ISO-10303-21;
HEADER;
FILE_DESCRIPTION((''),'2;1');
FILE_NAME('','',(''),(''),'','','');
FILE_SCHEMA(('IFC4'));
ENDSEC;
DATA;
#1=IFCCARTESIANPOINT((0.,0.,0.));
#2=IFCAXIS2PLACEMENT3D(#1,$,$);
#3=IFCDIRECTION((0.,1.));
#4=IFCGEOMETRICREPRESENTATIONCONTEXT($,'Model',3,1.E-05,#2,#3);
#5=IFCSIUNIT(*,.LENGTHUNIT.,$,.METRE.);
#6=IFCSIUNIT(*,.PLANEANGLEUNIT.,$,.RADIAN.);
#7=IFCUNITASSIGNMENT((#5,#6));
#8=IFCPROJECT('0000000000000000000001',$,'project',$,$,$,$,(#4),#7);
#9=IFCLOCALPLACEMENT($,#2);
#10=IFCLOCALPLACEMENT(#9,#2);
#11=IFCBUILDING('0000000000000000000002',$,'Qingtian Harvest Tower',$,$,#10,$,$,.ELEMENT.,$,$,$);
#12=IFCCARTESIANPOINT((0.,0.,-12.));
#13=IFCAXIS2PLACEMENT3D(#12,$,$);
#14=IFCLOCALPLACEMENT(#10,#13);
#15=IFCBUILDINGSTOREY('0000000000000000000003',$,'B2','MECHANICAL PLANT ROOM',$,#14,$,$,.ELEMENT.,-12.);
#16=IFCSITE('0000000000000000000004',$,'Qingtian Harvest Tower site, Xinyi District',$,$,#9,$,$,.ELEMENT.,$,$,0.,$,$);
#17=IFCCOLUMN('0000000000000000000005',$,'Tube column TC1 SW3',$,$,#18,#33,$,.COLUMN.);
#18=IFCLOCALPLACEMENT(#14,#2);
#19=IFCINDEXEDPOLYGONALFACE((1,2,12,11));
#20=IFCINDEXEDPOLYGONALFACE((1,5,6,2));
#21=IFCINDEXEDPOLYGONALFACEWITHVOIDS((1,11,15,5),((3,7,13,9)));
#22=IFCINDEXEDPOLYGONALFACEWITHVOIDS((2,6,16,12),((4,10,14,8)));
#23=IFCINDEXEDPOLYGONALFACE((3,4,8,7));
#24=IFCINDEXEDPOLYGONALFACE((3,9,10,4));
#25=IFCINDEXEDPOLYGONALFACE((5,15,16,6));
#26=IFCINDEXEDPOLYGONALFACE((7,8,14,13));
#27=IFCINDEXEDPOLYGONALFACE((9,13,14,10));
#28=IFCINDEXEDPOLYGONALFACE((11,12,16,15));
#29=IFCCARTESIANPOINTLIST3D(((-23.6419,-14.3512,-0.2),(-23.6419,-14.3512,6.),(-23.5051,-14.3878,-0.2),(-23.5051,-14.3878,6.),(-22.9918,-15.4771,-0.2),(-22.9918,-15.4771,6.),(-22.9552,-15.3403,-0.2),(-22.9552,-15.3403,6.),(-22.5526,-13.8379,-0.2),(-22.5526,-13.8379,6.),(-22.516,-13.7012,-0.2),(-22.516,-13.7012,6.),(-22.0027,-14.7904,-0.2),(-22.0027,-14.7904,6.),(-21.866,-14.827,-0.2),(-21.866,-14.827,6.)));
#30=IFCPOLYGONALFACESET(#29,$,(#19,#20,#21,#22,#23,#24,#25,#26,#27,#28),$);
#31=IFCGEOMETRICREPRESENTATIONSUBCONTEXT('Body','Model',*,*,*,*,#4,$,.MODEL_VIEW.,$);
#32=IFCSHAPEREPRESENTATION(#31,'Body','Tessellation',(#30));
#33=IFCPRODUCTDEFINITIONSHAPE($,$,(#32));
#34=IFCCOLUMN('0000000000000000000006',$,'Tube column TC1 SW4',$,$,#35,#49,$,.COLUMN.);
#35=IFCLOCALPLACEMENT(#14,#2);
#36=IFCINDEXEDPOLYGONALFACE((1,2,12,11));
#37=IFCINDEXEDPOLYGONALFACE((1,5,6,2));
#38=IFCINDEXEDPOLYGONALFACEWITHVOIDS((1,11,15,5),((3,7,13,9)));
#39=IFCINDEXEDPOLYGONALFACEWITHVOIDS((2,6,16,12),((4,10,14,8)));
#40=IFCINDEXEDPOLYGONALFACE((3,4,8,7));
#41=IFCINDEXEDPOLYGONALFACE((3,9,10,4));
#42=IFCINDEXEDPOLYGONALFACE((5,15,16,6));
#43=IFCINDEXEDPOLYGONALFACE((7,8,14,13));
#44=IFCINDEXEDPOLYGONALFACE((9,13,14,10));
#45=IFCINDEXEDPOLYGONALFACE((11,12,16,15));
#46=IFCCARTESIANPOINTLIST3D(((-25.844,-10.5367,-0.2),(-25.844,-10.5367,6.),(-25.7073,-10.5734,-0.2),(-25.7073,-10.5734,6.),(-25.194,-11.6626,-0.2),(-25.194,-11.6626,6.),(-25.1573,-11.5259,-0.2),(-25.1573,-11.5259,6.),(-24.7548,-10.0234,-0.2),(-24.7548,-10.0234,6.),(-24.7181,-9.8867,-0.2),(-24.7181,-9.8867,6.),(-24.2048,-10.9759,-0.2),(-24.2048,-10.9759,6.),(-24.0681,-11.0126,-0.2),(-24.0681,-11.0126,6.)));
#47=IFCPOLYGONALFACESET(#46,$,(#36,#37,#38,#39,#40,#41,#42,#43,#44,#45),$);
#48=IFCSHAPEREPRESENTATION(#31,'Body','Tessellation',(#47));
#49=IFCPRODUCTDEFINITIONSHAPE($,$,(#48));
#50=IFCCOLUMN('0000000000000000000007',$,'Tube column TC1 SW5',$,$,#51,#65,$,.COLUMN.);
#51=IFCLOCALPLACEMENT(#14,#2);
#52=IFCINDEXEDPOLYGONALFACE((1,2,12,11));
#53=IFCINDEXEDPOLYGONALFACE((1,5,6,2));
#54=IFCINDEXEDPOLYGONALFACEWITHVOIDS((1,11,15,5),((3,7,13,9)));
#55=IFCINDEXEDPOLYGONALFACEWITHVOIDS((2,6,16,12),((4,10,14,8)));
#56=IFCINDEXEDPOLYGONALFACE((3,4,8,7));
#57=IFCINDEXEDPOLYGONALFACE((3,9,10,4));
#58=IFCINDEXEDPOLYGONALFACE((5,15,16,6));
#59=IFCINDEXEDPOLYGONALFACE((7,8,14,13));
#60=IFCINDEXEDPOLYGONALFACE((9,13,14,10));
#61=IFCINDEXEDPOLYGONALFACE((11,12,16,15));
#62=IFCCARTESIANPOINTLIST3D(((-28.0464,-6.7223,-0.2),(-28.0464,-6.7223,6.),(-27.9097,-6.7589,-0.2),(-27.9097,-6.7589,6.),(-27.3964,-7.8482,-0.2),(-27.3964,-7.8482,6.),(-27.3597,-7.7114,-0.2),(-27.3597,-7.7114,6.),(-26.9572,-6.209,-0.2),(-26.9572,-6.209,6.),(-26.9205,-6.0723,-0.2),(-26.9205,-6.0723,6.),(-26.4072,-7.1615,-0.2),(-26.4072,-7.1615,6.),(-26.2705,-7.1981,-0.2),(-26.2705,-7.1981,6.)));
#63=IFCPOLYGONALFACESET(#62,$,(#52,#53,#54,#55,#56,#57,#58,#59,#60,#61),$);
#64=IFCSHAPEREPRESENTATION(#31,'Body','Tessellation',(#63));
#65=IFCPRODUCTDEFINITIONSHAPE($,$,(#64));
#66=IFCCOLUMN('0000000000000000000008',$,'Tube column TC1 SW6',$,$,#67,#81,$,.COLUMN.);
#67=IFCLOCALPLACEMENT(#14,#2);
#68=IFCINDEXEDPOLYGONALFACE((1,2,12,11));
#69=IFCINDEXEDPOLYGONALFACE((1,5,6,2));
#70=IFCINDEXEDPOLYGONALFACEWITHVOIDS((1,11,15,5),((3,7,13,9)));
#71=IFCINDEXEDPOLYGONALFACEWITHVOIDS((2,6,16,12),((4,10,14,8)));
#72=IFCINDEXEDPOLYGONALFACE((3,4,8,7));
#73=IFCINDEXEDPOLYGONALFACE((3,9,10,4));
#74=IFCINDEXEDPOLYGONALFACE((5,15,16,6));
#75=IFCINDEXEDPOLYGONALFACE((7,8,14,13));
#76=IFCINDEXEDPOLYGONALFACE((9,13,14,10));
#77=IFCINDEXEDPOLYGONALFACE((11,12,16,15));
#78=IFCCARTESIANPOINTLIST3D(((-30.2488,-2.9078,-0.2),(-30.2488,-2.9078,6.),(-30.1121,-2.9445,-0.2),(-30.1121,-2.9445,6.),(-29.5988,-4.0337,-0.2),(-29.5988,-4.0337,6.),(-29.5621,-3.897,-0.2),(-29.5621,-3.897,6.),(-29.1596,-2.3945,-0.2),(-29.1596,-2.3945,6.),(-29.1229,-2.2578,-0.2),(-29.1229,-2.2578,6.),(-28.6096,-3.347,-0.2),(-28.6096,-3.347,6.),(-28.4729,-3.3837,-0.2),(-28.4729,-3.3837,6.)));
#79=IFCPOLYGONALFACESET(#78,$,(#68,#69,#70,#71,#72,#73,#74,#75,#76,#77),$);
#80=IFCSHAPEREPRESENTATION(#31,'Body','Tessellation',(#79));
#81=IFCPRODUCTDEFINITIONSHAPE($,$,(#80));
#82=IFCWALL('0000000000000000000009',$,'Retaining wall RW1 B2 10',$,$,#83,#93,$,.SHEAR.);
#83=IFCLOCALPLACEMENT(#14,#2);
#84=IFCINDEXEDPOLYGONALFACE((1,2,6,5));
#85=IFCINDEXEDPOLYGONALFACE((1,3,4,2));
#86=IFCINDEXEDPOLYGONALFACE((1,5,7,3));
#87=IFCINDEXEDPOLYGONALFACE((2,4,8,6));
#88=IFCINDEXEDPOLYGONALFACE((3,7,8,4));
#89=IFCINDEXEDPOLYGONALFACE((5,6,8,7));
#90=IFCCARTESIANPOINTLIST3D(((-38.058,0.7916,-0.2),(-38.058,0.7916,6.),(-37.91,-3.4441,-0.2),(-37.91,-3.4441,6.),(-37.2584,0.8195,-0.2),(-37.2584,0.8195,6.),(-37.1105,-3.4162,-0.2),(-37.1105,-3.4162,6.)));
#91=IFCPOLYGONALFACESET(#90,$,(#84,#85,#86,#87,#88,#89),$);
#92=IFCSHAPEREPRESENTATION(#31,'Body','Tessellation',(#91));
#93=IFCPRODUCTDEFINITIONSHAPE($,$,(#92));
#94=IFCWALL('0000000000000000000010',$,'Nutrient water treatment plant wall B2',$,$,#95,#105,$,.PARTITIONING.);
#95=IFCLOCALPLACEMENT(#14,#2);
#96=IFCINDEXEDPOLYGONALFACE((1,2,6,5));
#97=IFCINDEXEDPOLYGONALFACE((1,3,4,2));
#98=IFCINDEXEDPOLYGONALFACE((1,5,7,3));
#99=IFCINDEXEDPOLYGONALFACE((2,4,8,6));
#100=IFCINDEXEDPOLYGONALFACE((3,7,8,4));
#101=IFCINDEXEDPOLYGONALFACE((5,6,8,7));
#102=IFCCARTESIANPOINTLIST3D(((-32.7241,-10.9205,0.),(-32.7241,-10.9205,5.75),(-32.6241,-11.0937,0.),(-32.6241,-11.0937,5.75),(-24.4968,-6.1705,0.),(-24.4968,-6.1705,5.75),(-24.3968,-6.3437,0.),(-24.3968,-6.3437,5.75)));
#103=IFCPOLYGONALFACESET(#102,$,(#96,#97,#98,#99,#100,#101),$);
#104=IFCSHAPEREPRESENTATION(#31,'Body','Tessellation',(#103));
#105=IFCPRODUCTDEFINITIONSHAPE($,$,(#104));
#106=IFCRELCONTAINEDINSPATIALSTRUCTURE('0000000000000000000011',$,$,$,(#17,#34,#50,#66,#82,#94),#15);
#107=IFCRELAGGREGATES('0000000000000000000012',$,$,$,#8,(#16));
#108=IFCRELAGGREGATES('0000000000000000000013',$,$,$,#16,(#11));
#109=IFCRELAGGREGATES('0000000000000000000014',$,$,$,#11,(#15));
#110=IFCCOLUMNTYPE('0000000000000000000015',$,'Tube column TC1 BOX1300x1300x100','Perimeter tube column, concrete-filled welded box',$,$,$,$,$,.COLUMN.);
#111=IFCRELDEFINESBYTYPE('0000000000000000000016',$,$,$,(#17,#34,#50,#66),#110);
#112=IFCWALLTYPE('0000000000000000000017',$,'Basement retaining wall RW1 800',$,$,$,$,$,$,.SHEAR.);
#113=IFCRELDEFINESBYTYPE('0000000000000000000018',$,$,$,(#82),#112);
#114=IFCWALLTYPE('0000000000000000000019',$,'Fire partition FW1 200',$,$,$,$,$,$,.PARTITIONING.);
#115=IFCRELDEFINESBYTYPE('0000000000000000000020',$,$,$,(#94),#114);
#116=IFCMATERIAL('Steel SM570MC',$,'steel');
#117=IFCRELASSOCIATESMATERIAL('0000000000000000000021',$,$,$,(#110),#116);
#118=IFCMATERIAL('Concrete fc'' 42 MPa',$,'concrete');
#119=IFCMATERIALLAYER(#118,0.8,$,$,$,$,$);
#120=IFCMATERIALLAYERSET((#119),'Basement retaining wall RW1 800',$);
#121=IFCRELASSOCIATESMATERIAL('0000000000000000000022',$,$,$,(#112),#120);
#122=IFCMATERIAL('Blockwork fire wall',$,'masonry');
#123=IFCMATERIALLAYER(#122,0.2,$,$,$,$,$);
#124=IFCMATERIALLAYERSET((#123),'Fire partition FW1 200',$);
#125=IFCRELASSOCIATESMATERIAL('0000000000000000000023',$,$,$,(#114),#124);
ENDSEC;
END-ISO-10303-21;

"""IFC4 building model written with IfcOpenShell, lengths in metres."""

from ifc_helpers import new_model, si_unit, direction, frame, frame_2d, origin, origin_2d, place, context, subcontext, project, spatial, rectangle, hollow_rectangle, extrude, material, layer, layer_set, material_profile, profile_set, type_object, element, save


model = new_model("IFC4")

# Units and contexts
model_context = context("Model", 3, precision=1e-05, world=origin(), true_north=direction((0.0, 1.0)))
body_context = subcontext(model_context, "Body", "Model", "MODEL_VIEW")
ifc_project = project(units=[si_unit("LENGTHUNIT", "METRE"), si_unit("PLANEANGLEUNIT", "RADIAN")], contexts=[model_context])

# Site, building, storey
site_placement = place(None, origin())
site = spatial("IfcSite", under=ifc_project, at=site_placement, Name="Qingtian Harvest Tower site, Xinyi District", CompositionType="ELEMENT", RefElevation=0.0)
building_placement = place(site_placement, origin())
building = spatial("IfcBuilding", under=site, at=building_placement, Name="Qingtian Harvest Tower", CompositionType="ELEMENT")
storey_placement = place(building_placement, frame((0.0, 0.0, -12.0)))
storey = spatial("IfcBuildingStorey", under=building, at=storey_placement, Name="B2", Description="MECHANICAL PLANT ROOM", CompositionType="ELEMENT", Elevation=-12.0)

# Columns
ifc_material_1 = material(Name="Steel SM570MC", Category="steel")
ifc_material_profile_1 = material_profile(ifc_material_1, hollow_rectangle(XDim=1.3, YDim=1.3, WallThickness=0.1001, at=origin_2d()), Name="BOX1300x1300x100")
ifc_profile_set_1 = profile_set([ifc_material_profile_1], Name="Steel SM570MC")
column_type_1 = type_object("IfcColumnType", Name="Tube column TC1 BOX1300x1300x100", Description="Perimeter tube column, concrete-filled welded box", PredefinedType="COLUMN", material=ifc_profile_set_1)
for number, where, z_axis, x_axis, name in (
    (1, (-22.7539, -14.5891, -0.2), (0.0, 0.0, 1.0), (0.5, -0.866025, 0.0), "Tube column TC1 SW3"),
    (2, (-24.9561, -10.7747, -0.2), (0.0, 0.0, 1.0), (0.5, -0.866025, 0.0), "Tube column TC1 SW4"),
    (3, (-27.1584, -6.9602, -0.2), (0.0, 0.0, 1.0), (0.5, -0.866025, 0.0), "Tube column TC1 SW5"),
    (4, (-29.3608, -3.1458, -0.2), (0.0, 0.0, 1.0), (0.5, -0.866025, 0.0), "Tube column TC1 SW6"),
):
    element("IfcColumn", number, at=place(storey_placement, frame(where, z_axis=z_axis, x_axis=x_axis)), inside=storey, type_object=column_type_1, Name=name, PredefinedType="COLUMN", context=body_context, shape_type="SweptSolid", body=[
        extrude(hollow_rectangle(XDim=1.3, YDim=1.3, WallThickness=0.1001, at=origin_2d()), origin(), (0.0, 0.0, 1.0), 6.2),
    ])

# Walls
ifc_material_2 = material(Name="Concrete fc' 42 MPa", Category="concrete")
ifc_layer_1 = layer(ifc_material_2, 0.8)
ifc_layer_set_1 = layer_set([ifc_layer_1], Name="Basement retaining wall RW1 800")
wall_type_1 = type_object("IfcWallType", Name="Basement retaining wall RW1 800", PredefinedType="SHEAR", material=ifc_layer_set_1)
wall_1_placement = place(storey_placement, frame((-37.5103, -3.4302, -0.2), z_axis=(0.0, 0.0, 1.0), x_axis=(-0.034909, 0.999391, 0.0)))
element("IfcWall", 5, at=wall_1_placement, inside=storey, type_object=wall_type_1, Name="Retaining wall RW1 B2 10", PredefinedType="SHEAR", context=body_context, shape_type="SweptSolid", body=[
    extrude(rectangle(XDim=4.2383, YDim=0.8, at=frame_2d((2.1191, 0.0))), origin(), (0.0, 0.0, 1.0), 6.2),
])
ifc_material_3 = material(Name="Blockwork fire wall", Category="masonry")
ifc_layer_2 = layer(ifc_material_3, 0.2)
ifc_layer_set_2 = layer_set([ifc_layer_2], Name="Fire partition FW1 200")
wall_type_2 = type_object("IfcWallType", Name="Fire partition FW1 200", PredefinedType="PARTITIONING", material=ifc_layer_set_2)
wall_2_placement = place(storey_placement, frame((-32.6741, -11.0071, 0.0), z_axis=(0.0, 0.0, 1.0), x_axis=(0.866027, 0.499998, 0.0)))
element("IfcWall", 6, at=wall_2_placement, inside=storey, type_object=wall_type_2, Name="Nutrient water treatment plant wall B2", PredefinedType="PARTITIONING", context=body_context, shape_type="SweptSolid", body=[
    extrude(rectangle(XDim=9.5, YDim=0.2, at=frame_2d((4.75, 0.0))), origin(), (0.0, 0.0, 1.0), 5.75),
])

save(model, "model.ifc")
